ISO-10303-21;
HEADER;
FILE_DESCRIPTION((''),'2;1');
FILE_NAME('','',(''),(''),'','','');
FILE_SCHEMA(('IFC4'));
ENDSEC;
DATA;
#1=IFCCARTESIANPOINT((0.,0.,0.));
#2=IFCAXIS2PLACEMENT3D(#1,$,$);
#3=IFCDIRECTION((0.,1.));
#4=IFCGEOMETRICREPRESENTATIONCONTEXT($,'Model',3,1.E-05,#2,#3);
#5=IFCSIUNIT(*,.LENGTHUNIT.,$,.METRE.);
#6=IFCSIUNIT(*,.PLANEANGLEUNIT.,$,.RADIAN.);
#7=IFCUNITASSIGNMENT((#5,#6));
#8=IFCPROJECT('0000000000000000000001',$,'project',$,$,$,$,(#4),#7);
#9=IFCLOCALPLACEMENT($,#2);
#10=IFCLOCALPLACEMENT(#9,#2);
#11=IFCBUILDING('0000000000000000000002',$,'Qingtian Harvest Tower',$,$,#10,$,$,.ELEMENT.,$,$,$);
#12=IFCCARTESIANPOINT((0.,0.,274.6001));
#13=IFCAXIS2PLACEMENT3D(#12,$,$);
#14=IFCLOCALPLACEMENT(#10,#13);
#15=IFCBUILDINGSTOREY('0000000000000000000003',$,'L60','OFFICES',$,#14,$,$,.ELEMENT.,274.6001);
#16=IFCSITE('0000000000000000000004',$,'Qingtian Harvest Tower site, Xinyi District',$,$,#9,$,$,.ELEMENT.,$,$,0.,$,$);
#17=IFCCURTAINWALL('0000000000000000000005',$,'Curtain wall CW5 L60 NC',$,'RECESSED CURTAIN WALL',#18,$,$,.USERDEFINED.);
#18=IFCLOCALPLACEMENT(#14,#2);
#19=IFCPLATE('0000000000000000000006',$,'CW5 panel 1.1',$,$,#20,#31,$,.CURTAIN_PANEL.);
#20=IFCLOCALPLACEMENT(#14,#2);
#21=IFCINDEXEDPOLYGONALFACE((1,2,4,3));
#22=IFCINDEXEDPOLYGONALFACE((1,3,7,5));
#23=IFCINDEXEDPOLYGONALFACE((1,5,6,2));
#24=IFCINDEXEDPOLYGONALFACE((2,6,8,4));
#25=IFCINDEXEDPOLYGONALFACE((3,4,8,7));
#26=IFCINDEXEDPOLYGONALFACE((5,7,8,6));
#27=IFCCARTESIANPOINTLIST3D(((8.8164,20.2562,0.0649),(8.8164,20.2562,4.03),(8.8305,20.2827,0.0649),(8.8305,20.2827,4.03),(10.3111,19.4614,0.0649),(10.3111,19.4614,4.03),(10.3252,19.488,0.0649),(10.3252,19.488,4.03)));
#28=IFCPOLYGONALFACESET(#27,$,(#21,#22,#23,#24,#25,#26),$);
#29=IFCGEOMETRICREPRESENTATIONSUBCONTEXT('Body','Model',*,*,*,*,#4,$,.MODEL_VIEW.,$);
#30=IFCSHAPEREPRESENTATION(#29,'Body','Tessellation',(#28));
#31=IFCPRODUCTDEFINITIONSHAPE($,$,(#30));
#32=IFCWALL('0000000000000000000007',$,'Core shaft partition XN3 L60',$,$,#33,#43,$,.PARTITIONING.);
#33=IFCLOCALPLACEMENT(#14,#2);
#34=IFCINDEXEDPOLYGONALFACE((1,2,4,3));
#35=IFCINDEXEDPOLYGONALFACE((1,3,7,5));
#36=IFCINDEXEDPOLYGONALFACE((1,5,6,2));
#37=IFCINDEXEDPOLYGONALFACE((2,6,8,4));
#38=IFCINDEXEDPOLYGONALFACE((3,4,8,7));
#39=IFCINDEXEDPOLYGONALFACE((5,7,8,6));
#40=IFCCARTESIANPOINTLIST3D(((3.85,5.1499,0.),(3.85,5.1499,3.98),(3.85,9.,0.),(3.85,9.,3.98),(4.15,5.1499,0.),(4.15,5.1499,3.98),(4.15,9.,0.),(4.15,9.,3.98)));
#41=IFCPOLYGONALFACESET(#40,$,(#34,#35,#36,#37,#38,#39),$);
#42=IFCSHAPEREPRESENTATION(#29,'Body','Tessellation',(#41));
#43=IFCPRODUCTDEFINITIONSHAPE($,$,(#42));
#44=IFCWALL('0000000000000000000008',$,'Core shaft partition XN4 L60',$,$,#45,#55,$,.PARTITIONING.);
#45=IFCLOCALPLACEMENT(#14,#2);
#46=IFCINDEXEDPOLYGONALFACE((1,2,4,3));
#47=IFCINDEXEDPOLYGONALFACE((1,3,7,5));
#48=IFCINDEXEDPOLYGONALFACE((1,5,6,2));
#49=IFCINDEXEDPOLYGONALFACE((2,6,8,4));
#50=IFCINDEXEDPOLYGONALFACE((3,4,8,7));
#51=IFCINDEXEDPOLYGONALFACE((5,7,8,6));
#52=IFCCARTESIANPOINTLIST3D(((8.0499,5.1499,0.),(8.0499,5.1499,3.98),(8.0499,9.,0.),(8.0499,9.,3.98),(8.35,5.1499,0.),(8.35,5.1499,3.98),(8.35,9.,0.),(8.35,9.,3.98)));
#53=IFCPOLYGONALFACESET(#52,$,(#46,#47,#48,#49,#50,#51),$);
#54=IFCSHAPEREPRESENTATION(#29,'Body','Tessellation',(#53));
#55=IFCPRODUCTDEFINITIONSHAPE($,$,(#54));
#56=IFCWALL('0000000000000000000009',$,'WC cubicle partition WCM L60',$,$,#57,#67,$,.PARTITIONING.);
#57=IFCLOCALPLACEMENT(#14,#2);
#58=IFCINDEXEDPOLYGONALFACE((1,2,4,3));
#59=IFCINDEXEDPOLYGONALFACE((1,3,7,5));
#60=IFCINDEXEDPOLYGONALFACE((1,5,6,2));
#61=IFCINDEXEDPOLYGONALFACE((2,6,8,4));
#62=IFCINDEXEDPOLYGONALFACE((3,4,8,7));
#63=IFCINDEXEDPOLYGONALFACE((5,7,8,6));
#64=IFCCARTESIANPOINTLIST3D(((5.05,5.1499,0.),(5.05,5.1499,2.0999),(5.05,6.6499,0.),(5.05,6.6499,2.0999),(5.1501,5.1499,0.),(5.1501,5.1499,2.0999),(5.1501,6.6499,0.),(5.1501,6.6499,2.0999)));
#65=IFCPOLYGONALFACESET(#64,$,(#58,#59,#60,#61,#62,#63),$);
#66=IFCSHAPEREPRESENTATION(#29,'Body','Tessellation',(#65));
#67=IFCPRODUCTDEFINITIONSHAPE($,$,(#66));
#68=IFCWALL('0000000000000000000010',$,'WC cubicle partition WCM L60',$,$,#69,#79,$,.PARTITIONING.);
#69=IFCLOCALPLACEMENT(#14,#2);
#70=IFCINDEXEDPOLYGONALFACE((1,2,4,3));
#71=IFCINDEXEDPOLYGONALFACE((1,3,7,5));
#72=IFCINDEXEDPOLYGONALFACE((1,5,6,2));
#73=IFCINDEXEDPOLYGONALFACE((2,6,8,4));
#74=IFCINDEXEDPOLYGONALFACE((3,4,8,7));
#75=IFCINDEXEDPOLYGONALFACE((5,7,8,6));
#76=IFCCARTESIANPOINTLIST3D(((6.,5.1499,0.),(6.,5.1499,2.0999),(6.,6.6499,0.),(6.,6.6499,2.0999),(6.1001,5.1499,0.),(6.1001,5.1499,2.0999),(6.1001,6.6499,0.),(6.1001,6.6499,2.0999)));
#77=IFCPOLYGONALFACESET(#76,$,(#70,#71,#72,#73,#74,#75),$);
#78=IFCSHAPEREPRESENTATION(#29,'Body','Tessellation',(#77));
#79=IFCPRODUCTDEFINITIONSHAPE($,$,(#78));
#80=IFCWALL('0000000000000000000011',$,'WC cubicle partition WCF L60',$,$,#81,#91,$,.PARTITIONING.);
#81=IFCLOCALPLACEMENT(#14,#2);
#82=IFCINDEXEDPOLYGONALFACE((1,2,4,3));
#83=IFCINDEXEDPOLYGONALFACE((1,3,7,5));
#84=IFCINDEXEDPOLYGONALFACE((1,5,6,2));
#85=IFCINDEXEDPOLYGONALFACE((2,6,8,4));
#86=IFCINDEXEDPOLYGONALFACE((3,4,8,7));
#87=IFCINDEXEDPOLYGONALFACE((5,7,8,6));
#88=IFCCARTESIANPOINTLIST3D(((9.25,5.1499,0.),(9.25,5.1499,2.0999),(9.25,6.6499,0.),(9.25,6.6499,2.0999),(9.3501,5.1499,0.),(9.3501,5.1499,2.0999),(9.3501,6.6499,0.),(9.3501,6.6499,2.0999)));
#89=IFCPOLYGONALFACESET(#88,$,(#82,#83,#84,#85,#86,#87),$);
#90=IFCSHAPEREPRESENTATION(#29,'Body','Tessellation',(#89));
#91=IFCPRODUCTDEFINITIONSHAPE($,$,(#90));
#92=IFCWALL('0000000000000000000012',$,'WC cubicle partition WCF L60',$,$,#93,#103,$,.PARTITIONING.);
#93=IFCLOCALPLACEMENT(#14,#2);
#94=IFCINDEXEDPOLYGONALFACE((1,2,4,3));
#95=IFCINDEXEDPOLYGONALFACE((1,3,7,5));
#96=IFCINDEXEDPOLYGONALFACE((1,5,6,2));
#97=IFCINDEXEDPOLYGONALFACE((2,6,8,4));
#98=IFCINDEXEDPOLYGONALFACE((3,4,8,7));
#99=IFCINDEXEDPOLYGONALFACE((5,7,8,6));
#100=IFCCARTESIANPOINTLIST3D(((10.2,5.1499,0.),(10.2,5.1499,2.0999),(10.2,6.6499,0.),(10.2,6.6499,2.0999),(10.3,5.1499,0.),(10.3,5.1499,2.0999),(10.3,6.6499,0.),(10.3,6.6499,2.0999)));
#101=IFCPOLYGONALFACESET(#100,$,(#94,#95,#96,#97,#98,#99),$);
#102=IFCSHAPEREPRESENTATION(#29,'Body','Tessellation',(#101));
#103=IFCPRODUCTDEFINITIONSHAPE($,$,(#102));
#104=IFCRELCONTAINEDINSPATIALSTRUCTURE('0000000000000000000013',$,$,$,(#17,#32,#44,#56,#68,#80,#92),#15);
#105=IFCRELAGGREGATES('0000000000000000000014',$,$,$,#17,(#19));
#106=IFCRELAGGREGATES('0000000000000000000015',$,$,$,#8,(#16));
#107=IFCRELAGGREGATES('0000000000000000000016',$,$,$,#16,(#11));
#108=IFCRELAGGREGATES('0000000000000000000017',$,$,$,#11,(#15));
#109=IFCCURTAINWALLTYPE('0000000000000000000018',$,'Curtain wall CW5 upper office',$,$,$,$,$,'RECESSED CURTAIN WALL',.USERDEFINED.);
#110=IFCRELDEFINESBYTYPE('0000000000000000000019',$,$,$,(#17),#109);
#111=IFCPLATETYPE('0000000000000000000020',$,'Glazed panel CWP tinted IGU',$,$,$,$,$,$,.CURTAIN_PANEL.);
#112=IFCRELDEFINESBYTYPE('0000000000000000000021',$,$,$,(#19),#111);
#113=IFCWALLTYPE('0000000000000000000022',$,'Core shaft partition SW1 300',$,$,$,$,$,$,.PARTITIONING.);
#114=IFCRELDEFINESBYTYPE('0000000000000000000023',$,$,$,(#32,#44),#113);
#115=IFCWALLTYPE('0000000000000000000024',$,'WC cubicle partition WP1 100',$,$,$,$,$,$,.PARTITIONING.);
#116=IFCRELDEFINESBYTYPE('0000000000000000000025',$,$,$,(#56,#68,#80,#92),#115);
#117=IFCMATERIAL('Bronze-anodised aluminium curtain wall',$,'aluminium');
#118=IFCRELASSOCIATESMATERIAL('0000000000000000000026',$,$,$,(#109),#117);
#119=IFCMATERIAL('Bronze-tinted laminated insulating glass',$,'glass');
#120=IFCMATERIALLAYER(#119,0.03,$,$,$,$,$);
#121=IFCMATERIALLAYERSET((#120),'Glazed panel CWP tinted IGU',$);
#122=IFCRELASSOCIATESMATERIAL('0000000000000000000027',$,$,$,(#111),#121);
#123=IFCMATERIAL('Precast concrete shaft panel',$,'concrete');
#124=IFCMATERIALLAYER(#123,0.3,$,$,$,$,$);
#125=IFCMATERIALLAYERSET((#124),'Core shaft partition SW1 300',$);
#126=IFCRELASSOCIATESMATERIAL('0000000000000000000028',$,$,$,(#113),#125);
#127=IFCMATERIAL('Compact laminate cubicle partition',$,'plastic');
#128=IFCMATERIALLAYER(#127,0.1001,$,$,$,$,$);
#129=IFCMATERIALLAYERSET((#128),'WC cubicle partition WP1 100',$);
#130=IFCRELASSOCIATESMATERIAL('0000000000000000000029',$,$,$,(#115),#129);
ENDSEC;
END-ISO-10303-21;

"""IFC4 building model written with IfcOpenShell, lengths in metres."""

from ifc_helpers import new_model, si_unit, direction, frame, frame_2d, origin, origin_2d, place, context, subcontext, project, spatial, rectangle, extrude, material, layer, layer_set, type_object, element, aggregate, save


model = new_model("IFC4")

# Units and contexts
model_context = context("Model", 3, precision=1e-05, world=origin(), true_north=direction((0.0, 1.0)))
body_context = subcontext(model_context, "Body", "Model", "MODEL_VIEW")
ifc_project = project(units=[si_unit("LENGTHUNIT", "METRE"), si_unit("PLANEANGLEUNIT", "RADIAN")], contexts=[model_context])

# Site, building, storey
site_placement = place(None, origin())
site = spatial("IfcSite", under=ifc_project, at=site_placement, Name="Qingtian Harvest Tower site, Xinyi District", CompositionType="ELEMENT", RefElevation=0.0)
building_placement = place(site_placement, origin())
building = spatial("IfcBuilding", under=site, at=building_placement, Name="Qingtian Harvest Tower", CompositionType="ELEMENT")
storey_placement = place(building_placement, frame((0.0, 0.0, 274.6001)))
storey = spatial("IfcBuildingStorey", under=building, at=storey_placement, Name="L60", Description="OFFICES", CompositionType="ELEMENT", Elevation=274.6001)

# Shared definitions
ifc_material_1 = material(Name="Bronze-anodised aluminium curtain wall", Category="aluminium")
curtain_wall_type = type_object("IfcCurtainWallType", Name="Curtain wall CW5 upper office", ElementType="RECESSED CURTAIN WALL", PredefinedType="USERDEFINED", material=ifc_material_1)

# Curtain wall
curtain_wall_1_placement = place(storey_placement, origin())
curtain_wall_1 = element("IfcCurtainWall", 1, at=curtain_wall_1_placement, inside=storey, type_object=curtain_wall_type, Name="Curtain wall CW5 L60 NC", ObjectType="RECESSED CURTAIN WALL", PredefinedType="USERDEFINED")

# Plate
ifc_material_2 = material(Name="Bronze-tinted laminated insulating glass", Category="glass")
ifc_layer_1 = layer(ifc_material_2, 0.03)
ifc_layer_set_1 = layer_set([ifc_layer_1], Name="Glazed panel CWP tinted IGU")
plate_type = type_object("IfcPlateType", Name="Glazed panel CWP tinted IGU", PredefinedType="CURTAIN_PANEL", material=ifc_layer_set_1)
plate_1_placement = place(storey_placement, frame((9.5708, 19.8721, 0.0649), z_axis=(0.0, 0.0, 1.0), x_axis=(0.882948, -0.469472, 0.0)))
plate_1 = element("IfcPlate", 2, at=plate_1_placement, type_object=plate_type, Name="CW5 panel 1.1", PredefinedType="CURTAIN_PANEL", context=body_context, shape_type="SweptSolid", body=[
    extrude(rectangle(XDim=1.6929, YDim=0.03, at=origin_2d()), origin(), (0.0, 0.0, 1.0), 3.9651),
])
aggregate(curtain_wall_1, [plate_1])

# Walls
ifc_material_3 = material(Name="Precast concrete shaft panel", Category="concrete")
ifc_layer_2 = layer(ifc_material_3, 0.3)
ifc_layer_set_2 = layer_set([ifc_layer_2], Name="Core shaft partition SW1 300")
wall_type_1 = type_object("IfcWallType", Name="Core shaft partition SW1 300", PredefinedType="PARTITIONING", material=ifc_layer_set_2)
for number, where, z_axis, x_axis, name in (
    (3, (4.0, 5.1499, 0.0), (0.0, 0.0, 1.0), (0.0, 1.0, 0.0), "Core shaft partition XN3 L60"),
    (4, (8.2, 5.1499, 0.0), (0.0, 0.0, 1.0), (0.0, 1.0, 0.0), "Core shaft partition XN4 L60"),
):
    element("IfcWall", number, at=place(storey_placement, frame(where, z_axis=z_axis, x_axis=x_axis)), inside=storey, type_object=wall_type_1, Name=name, PredefinedType="PARTITIONING", context=body_context, shape_type="SweptSolid", body=[
        extrude(rectangle(XDim=3.8501, YDim=0.3, at=frame_2d((1.925, 0.0))), origin(), (0.0, 0.0, 1.0), 3.98),
    ])

# Walls
ifc_material_4 = material(Name="Compact laminate cubicle partition", Category="plastic")
ifc_layer_3 = layer(ifc_material_4, 0.1001)
ifc_layer_set_3 = layer_set([ifc_layer_3], Name="WC cubicle partition WP1 100")
wall_type_2 = type_object("IfcWallType", Name="WC cubicle partition WP1 100", PredefinedType="PARTITIONING", material=ifc_layer_set_3)
for number, where, z_axis, x_axis, name in (
    (5, (5.1001, 5.1499, 0.0), (0.0, 0.0, 1.0), (0.0, 1.0, 0.0), "WC cubicle partition WCM L60"),
    (6, (6.05, 5.1499, 0.0), (0.0, 0.0, 1.0), (0.0, 1.0, 0.0), "WC cubicle partition WCM L60"),
    (7, (9.3, 5.1499, 0.0), (0.0, 0.0, 1.0), (0.0, 1.0, 0.0), "WC cubicle partition WCF L60"),
    (8, (10.25, 5.1499, 0.0), (0.0, 0.0, 1.0), (0.0, 1.0, 0.0), "WC cubicle partition WCF L60"),
):
    element("IfcWall", number, at=place(storey_placement, frame(where, z_axis=z_axis, x_axis=x_axis)), inside=storey, type_object=wall_type_2, Name=name, PredefinedType="PARTITIONING", context=body_context, shape_type="SweptSolid", body=[
        extrude(rectangle(XDim=1.5, YDim=0.1001, at=frame_2d((0.75, 0.0))), origin(), (0.0, 0.0, 1.0), 2.0999),
    ])

save(model, "model.ifc")
